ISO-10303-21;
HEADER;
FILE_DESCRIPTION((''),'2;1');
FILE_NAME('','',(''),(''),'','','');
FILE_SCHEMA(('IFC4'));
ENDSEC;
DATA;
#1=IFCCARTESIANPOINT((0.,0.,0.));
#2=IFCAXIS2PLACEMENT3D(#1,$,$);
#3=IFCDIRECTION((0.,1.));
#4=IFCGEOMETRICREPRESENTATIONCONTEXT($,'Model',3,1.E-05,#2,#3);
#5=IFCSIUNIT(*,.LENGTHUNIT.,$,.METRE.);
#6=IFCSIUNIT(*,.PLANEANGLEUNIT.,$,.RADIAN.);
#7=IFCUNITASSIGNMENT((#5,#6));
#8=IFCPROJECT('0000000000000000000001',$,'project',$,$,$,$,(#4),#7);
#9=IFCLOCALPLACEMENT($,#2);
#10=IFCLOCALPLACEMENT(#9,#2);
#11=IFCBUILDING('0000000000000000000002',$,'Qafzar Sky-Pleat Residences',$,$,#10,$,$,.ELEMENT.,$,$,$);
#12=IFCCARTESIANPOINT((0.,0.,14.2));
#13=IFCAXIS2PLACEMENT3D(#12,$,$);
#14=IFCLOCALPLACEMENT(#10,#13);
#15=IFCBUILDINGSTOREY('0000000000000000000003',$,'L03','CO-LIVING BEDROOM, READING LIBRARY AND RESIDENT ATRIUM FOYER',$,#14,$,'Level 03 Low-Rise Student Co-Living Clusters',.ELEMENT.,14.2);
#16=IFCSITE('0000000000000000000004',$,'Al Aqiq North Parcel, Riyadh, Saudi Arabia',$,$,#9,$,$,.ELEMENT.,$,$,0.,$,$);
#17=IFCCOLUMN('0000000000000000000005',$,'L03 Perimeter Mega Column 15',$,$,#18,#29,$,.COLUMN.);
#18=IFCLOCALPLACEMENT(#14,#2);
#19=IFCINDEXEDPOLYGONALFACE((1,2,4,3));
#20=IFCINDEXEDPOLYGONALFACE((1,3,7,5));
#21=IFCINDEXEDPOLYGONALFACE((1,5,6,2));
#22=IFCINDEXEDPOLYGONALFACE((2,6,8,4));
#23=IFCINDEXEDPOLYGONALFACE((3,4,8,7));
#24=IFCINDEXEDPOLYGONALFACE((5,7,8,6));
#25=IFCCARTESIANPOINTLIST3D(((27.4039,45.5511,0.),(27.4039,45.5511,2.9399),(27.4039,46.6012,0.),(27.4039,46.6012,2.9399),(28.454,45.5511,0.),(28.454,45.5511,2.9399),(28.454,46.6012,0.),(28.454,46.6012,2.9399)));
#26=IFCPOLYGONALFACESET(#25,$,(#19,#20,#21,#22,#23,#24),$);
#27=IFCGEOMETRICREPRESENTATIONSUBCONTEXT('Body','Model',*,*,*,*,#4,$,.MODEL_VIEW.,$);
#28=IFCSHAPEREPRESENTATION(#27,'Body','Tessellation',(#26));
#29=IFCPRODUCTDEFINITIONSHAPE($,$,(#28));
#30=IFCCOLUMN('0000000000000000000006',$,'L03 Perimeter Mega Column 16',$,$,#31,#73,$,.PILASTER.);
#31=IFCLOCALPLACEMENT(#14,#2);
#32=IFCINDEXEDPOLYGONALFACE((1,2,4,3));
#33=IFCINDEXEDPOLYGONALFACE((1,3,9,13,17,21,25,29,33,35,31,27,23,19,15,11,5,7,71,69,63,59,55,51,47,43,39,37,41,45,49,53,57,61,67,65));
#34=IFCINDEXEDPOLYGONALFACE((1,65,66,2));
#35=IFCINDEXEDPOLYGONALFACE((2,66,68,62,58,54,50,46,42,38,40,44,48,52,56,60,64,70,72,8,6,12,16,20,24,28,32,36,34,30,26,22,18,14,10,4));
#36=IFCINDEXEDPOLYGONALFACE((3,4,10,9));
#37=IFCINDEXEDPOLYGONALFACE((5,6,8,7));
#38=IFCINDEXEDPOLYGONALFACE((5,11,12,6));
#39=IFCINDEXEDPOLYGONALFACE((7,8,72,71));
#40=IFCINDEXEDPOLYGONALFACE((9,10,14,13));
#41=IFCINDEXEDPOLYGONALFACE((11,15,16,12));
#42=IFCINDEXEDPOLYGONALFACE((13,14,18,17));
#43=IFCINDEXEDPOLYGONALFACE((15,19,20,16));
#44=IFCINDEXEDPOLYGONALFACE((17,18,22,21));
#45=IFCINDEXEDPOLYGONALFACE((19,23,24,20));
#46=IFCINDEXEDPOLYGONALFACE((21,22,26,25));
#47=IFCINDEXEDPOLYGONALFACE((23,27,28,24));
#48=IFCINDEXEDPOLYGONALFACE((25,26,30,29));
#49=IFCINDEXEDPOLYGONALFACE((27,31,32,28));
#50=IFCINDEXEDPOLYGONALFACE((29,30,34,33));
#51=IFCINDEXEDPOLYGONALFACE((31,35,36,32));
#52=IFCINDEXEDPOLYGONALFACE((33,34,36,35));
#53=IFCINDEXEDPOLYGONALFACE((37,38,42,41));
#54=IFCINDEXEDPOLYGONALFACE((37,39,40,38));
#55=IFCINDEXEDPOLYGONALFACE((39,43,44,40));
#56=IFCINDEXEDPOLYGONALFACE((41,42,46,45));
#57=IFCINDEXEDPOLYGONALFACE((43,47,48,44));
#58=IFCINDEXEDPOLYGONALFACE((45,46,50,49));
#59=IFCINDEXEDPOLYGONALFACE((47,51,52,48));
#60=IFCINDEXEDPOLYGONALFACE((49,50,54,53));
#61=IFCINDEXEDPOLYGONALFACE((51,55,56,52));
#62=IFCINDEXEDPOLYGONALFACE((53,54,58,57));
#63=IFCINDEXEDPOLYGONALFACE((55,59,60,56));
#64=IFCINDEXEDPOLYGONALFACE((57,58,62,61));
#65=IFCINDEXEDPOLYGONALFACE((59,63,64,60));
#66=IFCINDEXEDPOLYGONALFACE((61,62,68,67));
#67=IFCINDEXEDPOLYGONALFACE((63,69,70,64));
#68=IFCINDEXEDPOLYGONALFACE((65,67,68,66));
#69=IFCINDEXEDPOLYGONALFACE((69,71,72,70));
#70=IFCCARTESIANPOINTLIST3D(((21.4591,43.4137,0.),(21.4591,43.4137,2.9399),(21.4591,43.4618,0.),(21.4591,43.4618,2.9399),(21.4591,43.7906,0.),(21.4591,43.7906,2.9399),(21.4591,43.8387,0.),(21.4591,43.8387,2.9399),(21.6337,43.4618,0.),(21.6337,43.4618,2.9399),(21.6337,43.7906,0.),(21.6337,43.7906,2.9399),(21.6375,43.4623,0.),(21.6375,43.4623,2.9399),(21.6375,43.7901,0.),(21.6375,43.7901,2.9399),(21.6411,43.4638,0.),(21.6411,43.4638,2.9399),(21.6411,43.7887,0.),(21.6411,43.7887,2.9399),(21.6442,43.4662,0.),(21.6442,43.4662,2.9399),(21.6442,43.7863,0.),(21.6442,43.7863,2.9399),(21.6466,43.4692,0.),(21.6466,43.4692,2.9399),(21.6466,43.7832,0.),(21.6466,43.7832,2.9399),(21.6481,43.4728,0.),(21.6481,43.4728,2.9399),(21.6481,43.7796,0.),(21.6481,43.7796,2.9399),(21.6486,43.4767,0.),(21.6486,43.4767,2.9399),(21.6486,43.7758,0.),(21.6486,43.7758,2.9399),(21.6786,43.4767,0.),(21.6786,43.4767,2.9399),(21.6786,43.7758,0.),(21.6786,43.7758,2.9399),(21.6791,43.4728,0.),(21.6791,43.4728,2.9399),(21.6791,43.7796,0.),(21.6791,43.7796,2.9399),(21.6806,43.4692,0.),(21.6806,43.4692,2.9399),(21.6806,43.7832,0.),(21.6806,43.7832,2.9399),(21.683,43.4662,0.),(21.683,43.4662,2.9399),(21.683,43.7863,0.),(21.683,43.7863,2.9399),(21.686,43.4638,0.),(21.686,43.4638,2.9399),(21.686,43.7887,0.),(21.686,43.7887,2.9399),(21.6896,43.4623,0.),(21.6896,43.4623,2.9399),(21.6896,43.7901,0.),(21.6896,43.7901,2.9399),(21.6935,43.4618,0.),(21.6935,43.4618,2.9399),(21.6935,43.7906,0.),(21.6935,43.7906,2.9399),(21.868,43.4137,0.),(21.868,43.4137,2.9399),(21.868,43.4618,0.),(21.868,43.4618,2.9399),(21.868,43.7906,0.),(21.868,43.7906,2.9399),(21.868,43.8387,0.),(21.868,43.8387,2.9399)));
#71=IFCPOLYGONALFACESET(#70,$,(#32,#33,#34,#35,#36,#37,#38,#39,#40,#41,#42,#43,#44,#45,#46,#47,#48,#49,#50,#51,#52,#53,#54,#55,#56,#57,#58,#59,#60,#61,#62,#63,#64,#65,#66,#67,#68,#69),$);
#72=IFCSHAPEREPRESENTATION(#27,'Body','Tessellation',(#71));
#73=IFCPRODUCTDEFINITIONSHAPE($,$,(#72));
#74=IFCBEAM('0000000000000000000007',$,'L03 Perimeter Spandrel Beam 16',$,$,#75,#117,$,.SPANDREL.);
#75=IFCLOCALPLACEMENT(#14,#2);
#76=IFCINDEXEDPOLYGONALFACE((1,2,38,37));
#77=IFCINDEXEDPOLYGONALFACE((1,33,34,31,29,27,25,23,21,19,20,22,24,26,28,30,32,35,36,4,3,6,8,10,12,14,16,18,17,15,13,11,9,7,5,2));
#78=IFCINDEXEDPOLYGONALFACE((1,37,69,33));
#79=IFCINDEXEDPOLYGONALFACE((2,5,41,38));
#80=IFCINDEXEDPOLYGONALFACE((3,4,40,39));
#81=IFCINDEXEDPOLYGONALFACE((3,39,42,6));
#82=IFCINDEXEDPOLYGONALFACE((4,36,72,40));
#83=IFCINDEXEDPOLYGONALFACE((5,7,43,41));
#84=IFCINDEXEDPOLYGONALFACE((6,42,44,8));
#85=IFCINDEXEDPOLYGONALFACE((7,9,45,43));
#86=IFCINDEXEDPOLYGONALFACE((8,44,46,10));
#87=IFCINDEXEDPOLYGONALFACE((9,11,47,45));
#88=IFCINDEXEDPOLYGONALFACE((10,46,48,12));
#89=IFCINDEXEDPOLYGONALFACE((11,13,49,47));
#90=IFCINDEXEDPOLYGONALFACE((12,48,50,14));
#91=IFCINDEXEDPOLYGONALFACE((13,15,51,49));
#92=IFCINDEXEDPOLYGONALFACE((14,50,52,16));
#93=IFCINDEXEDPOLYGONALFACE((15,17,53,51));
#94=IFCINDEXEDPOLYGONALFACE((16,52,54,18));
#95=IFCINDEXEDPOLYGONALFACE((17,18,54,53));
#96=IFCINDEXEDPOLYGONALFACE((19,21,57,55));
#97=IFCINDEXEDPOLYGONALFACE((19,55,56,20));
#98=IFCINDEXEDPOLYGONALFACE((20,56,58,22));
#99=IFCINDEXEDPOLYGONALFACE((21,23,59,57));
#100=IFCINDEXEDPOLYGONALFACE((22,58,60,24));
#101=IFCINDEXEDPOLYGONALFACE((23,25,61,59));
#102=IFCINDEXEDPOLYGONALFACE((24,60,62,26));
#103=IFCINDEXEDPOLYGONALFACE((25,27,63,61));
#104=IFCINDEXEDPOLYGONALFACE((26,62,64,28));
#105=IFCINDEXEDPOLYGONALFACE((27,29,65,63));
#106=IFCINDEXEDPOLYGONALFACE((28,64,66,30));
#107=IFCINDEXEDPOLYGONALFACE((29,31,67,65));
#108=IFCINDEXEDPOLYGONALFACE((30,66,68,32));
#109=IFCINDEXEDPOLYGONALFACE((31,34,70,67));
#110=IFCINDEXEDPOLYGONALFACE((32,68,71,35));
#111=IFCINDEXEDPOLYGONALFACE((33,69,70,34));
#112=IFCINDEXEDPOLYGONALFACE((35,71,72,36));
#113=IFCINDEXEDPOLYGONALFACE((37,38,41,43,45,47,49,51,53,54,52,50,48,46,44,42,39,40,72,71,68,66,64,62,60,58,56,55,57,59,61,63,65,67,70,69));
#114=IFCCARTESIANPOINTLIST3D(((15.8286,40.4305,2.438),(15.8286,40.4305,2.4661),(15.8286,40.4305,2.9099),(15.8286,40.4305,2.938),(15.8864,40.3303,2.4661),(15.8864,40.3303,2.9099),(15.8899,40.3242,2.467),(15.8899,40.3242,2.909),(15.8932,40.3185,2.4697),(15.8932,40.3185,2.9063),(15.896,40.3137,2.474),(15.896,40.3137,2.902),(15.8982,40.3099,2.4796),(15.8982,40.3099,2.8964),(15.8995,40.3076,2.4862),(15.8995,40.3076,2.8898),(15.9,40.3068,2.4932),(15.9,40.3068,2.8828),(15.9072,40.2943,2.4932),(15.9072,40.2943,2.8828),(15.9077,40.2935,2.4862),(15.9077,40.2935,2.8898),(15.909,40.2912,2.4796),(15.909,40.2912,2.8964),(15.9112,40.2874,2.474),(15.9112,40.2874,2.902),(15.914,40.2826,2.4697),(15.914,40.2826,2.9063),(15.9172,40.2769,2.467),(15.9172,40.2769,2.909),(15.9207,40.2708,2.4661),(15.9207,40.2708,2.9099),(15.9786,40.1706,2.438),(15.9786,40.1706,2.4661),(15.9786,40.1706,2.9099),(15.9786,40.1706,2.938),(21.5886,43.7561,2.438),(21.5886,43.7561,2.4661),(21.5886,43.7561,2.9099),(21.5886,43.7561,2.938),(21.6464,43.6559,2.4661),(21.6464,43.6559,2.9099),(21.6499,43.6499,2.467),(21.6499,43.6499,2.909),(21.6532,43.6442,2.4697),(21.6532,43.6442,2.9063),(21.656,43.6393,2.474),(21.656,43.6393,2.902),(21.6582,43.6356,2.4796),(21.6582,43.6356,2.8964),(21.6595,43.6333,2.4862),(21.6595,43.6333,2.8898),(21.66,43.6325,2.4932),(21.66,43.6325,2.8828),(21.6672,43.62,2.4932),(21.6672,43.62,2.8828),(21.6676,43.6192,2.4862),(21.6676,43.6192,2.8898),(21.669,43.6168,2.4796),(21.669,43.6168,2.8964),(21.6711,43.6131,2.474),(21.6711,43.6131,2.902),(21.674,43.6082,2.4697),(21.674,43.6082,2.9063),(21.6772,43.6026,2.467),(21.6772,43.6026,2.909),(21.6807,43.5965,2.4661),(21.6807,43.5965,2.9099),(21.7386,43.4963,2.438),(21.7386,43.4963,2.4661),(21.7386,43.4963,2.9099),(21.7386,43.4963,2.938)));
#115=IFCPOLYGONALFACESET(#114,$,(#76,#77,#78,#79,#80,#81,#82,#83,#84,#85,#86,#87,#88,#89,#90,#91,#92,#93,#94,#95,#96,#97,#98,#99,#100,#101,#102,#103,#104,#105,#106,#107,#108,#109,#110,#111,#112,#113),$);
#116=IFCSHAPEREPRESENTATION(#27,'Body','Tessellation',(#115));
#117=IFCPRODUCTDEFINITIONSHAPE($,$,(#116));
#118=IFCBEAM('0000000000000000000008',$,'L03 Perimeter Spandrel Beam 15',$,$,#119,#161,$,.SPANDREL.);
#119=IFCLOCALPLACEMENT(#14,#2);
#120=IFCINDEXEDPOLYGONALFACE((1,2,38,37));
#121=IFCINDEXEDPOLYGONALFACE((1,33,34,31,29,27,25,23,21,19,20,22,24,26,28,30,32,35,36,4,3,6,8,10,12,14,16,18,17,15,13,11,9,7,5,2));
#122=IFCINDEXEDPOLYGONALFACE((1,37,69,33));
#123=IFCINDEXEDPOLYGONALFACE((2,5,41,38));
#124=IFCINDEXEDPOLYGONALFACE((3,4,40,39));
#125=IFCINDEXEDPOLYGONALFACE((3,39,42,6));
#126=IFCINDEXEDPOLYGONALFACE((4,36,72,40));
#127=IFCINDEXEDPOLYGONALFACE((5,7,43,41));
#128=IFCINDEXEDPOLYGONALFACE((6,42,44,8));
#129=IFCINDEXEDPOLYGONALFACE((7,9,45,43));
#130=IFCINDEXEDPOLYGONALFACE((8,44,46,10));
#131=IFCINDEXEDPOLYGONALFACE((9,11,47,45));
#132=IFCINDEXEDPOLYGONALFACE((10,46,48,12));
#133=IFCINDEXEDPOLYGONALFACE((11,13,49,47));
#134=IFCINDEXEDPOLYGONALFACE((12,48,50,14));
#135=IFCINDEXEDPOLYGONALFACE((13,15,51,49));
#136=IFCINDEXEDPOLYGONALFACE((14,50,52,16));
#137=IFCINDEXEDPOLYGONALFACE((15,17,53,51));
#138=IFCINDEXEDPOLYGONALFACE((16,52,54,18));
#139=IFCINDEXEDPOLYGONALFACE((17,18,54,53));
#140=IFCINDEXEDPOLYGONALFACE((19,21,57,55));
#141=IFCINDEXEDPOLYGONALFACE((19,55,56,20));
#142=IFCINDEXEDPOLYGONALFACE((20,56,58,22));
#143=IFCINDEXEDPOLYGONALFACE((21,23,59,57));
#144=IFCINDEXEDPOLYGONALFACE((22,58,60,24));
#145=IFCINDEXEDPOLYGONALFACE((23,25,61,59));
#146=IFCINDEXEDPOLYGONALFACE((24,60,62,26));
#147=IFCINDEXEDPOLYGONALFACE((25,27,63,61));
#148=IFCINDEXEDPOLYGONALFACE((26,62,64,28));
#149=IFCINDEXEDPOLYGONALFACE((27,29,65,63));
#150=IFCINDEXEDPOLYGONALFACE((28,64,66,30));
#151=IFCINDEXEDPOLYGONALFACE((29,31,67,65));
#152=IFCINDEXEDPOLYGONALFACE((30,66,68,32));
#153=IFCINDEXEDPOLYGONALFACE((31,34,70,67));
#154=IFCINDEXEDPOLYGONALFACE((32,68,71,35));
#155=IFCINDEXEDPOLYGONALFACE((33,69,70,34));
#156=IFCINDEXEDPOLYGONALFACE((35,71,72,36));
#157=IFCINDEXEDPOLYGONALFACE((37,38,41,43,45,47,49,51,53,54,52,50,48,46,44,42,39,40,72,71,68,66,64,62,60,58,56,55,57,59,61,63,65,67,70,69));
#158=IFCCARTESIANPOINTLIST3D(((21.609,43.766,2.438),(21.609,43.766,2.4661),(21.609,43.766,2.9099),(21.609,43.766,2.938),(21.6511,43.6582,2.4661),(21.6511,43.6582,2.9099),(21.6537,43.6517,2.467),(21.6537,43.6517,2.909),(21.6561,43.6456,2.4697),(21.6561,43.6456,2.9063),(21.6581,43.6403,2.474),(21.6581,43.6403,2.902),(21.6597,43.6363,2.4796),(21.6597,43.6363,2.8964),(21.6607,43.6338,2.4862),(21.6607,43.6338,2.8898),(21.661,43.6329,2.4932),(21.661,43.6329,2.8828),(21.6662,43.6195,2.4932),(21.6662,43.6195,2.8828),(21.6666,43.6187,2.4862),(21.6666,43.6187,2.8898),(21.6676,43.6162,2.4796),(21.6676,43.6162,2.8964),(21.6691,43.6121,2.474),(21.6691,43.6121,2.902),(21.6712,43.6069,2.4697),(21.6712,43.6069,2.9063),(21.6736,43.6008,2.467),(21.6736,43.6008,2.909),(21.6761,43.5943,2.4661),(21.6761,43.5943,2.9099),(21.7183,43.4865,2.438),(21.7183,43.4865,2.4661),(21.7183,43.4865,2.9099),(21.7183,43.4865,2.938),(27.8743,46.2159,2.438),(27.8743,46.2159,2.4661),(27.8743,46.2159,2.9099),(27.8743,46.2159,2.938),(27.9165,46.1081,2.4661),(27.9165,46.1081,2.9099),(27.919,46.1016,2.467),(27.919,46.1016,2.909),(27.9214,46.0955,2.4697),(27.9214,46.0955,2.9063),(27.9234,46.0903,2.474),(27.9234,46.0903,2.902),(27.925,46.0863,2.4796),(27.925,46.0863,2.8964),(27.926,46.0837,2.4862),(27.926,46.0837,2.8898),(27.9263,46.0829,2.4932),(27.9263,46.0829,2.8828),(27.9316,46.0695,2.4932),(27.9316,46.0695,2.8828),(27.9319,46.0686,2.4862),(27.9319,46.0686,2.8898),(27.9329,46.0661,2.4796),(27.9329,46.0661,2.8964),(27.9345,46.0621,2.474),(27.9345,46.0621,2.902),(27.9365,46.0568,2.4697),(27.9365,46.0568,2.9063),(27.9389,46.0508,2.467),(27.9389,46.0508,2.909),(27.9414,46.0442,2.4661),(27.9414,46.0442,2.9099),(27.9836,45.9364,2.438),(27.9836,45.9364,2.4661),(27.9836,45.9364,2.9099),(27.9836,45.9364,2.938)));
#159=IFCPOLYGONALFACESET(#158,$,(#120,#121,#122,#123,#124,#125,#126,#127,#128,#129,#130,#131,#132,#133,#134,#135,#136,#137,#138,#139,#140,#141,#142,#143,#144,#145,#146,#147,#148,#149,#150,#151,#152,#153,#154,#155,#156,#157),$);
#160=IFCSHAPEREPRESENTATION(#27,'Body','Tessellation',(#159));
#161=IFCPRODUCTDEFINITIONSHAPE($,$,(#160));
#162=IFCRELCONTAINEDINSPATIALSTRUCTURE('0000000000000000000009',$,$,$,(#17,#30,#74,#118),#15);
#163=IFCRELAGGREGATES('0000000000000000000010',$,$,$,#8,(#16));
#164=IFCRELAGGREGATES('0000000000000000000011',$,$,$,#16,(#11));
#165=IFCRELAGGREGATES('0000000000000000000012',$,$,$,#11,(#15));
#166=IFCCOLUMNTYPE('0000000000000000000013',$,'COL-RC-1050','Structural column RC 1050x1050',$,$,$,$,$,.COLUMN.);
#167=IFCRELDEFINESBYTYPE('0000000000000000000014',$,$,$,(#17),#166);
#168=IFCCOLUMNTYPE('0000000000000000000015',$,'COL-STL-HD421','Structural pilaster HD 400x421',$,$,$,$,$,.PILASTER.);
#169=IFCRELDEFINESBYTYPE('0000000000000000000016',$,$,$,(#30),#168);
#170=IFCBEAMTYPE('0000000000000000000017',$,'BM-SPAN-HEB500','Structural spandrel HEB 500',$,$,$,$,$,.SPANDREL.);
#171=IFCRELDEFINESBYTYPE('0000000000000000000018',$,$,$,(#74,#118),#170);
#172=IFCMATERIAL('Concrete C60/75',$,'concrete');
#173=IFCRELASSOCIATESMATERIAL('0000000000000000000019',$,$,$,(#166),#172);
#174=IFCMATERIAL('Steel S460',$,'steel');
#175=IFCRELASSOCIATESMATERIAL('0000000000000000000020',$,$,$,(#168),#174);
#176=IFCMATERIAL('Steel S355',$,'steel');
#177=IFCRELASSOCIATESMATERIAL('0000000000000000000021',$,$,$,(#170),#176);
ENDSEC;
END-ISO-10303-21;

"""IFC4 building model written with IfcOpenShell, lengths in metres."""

from ifc_helpers import new_model, si_unit, direction, frame, origin, origin_2d, place, context, subcontext, project, spatial, rectangle, i_section, extrude, source, transform, mapped, material, material_profile, profile_set, type_object, element, save


model = new_model("IFC4")

# Units and contexts
model_context = context("Model", 3, precision=1e-05, world=origin(), true_north=direction((0.0, 1.0)))
body_context = subcontext(model_context, "Body", "Model", "MODEL_VIEW")
ifc_project = project(units=[si_unit("LENGTHUNIT", "METRE"), si_unit("PLANEANGLEUNIT", "RADIAN")], contexts=[model_context])

# Site, building, storey
site_placement = place(None, origin())
site = spatial("IfcSite", under=ifc_project, at=site_placement, Name="Al Aqiq North Parcel, Riyadh, Saudi Arabia", CompositionType="ELEMENT", RefElevation=0.0)
building_placement = place(site_placement, origin())
building = spatial("IfcBuilding", under=site, at=building_placement, Name="Qafzar Sky-Pleat Residences", CompositionType="ELEMENT")
storey_placement = place(building_placement, frame((0.0, 0.0, 14.2)))
storey = spatial("IfcBuildingStorey", under=building, at=storey_placement, Name="L03", Description="CO-LIVING BEDROOM, READING LIBRARY AND RESIDENT ATRIUM FOYER", LongName="Level 03 Low-Rise Student Co-Living Clusters", CompositionType="ELEMENT", Elevation=14.2)

# Columns
ifc_material_1 = material(Name="Concrete C60/75", Category="concrete")
ifc_material_profile_1 = material_profile(ifc_material_1, rectangle(XDim=1.05, YDim=1.05, at=origin_2d()), Name="RC 1050x1050")
ifc_profile_set_1 = profile_set([ifc_material_profile_1], Name="Concrete C60/75")
column_type_1 = type_object("IfcColumnType", Name="COL-RC-1050", Description="Structural column RC 1050x1050", PredefinedType="COLUMN", material=ifc_profile_set_1)
shared_shape_1 = source(origin(), body_context, "Body", "SweptSolid", [
    extrude(rectangle(XDim=1.05, YDim=1.05, at=origin_2d()), origin(), (0.0, 0.0, 1.0), 2.9399),
])
column_1_placement = place(storey_placement, frame((27.929, 46.0762, 0.0), z_axis=(0.0, 0.0, 1.0), x_axis=(1.0, 0.0, 0.0)))
element("IfcColumn", 1, at=column_1_placement, inside=storey, type_object=column_type_1, Name="L03 Perimeter Mega Column 15", PredefinedType="COLUMN", context=body_context, shape_type="MappedRepresentation", body=[
    mapped(shared_shape_1, transform((0.0, 0.0, 0.0), x_axis=(1.0, 0.0, 0.0), y_axis=(0.0, 1.0, 0.0), z_axis=(0.0, 0.0, 1.0), scale=1.0)),
])
ifc_material_2 = material(Name="Steel S460", Category="steel")
ifc_material_profile_2 = material_profile(ifc_material_2, i_section(OverallWidth=0.4089, OverallDepth=0.425, WebThickness=0.03, FlangeThickness=0.0481, FilletRadius=0.0149, at=origin_2d()), Name="HD 400x421")
ifc_profile_set_2 = profile_set([ifc_material_profile_2], Name="Steel S460")
column_type_2 = type_object("IfcColumnType", Name="COL-STL-HD421", Description="Structural pilaster HD 400x421", PredefinedType="PILASTER", material=ifc_profile_set_2)
shared_shape_2 = source(origin(), body_context, "Body", "SweptSolid", [
    extrude(i_section(OverallWidth=0.4089, OverallDepth=0.425, WebThickness=0.03, FlangeThickness=0.0481, FilletRadius=0.0149, at=origin_2d()), origin(), (0.0, 0.0, 1.0), 2.9399),
])
column_2_placement = place(storey_placement, frame((21.6636, 43.6262, 0.0), z_axis=(0.0, 0.0, 1.0), x_axis=(1.0, 0.0, 0.0)))
element("IfcColumn", 2, at=column_2_placement, inside=storey, type_object=column_type_2, Name="L03 Perimeter Mega Column 16", PredefinedType="PILASTER", context=body_context, shape_type="MappedRepresentation", body=[
    mapped(shared_shape_2, transform((0.0, 0.0, 0.0), x_axis=(1.0, 0.0, 0.0), y_axis=(0.0, 1.0, 0.0), z_axis=(0.0, 0.0, 1.0), scale=1.0)),
])

# Beams
ifc_material_3 = material(Name="Steel S355", Category="steel")
ifc_material_profile_3 = material_profile(ifc_material_3, i_section(OverallWidth=0.3, OverallDepth=0.5, WebThickness=0.0144, FlangeThickness=0.0281, FilletRadius=0.0271, at=origin_2d()), Name="HEB 500")
ifc_profile_set_3 = profile_set([ifc_material_profile_3], Name="Steel S355")
beam_type_1 = type_object("IfcBeamType", Name="BM-SPAN-HEB500", Description="Structural spandrel HEB 500", PredefinedType="SPANDREL", material=ifc_profile_set_3)
shared_shape_3 = source(origin(), body_context, "Body", "SweptSolid", [
    extrude(i_section(OverallWidth=0.3, OverallDepth=0.5, WebThickness=0.0144, FlangeThickness=0.0281, FilletRadius=0.0271, at=origin_2d()), origin(), (0.0, 0.0, 1.0), 6.6511),
])
beam_1_placement = place(storey_placement, frame((21.6636, 43.6262, 2.688), z_axis=(-0.866016, -0.500016, 0.0), x_axis=(0.500016, -0.866016, 0.0)))
element("IfcBeam", 3, at=beam_1_placement, inside=storey, type_object=beam_type_1, Name="L03 Perimeter Spandrel Beam 16", PredefinedType="SPANDREL", context=body_context, shape_type="MappedRepresentation", body=[
    mapped(shared_shape_3, transform((0.0, 0.0, 0.0), x_axis=(1.0, 0.0, 0.0), y_axis=(0.0, 1.0, 0.0), z_axis=(0.0, 0.0, 1.0), scale=1.0)),
])
shared_shape_4 = source(origin(), body_context, "Body", "SweptSolid", [
    extrude(i_section(OverallWidth=0.3, OverallDepth=0.5, WebThickness=0.0144, FlangeThickness=0.0281, FilletRadius=0.0271, at=origin_2d()), origin(), (0.0, 0.0, 1.0), 6.7273),
])
beam_2_placement = place(storey_placement, frame((27.929, 46.0762, 2.688), z_axis=(-0.931329, -0.364178, 0.0), x_axis=(0.364178, -0.931329, 0.0)))
element("IfcBeam", 4, at=beam_2_placement, inside=storey, type_object=beam_type_1, Name="L03 Perimeter Spandrel Beam 15", PredefinedType="SPANDREL", context=body_context, shape_type="MappedRepresentation", body=[
    mapped(shared_shape_4, transform((0.0, 0.0, 0.0), x_axis=(1.0, 0.0, 0.0), y_axis=(0.0, 1.0, 0.0), z_axis=(0.0, 0.0, 1.0), scale=1.0)),
])

save(model, "model.ifc")
